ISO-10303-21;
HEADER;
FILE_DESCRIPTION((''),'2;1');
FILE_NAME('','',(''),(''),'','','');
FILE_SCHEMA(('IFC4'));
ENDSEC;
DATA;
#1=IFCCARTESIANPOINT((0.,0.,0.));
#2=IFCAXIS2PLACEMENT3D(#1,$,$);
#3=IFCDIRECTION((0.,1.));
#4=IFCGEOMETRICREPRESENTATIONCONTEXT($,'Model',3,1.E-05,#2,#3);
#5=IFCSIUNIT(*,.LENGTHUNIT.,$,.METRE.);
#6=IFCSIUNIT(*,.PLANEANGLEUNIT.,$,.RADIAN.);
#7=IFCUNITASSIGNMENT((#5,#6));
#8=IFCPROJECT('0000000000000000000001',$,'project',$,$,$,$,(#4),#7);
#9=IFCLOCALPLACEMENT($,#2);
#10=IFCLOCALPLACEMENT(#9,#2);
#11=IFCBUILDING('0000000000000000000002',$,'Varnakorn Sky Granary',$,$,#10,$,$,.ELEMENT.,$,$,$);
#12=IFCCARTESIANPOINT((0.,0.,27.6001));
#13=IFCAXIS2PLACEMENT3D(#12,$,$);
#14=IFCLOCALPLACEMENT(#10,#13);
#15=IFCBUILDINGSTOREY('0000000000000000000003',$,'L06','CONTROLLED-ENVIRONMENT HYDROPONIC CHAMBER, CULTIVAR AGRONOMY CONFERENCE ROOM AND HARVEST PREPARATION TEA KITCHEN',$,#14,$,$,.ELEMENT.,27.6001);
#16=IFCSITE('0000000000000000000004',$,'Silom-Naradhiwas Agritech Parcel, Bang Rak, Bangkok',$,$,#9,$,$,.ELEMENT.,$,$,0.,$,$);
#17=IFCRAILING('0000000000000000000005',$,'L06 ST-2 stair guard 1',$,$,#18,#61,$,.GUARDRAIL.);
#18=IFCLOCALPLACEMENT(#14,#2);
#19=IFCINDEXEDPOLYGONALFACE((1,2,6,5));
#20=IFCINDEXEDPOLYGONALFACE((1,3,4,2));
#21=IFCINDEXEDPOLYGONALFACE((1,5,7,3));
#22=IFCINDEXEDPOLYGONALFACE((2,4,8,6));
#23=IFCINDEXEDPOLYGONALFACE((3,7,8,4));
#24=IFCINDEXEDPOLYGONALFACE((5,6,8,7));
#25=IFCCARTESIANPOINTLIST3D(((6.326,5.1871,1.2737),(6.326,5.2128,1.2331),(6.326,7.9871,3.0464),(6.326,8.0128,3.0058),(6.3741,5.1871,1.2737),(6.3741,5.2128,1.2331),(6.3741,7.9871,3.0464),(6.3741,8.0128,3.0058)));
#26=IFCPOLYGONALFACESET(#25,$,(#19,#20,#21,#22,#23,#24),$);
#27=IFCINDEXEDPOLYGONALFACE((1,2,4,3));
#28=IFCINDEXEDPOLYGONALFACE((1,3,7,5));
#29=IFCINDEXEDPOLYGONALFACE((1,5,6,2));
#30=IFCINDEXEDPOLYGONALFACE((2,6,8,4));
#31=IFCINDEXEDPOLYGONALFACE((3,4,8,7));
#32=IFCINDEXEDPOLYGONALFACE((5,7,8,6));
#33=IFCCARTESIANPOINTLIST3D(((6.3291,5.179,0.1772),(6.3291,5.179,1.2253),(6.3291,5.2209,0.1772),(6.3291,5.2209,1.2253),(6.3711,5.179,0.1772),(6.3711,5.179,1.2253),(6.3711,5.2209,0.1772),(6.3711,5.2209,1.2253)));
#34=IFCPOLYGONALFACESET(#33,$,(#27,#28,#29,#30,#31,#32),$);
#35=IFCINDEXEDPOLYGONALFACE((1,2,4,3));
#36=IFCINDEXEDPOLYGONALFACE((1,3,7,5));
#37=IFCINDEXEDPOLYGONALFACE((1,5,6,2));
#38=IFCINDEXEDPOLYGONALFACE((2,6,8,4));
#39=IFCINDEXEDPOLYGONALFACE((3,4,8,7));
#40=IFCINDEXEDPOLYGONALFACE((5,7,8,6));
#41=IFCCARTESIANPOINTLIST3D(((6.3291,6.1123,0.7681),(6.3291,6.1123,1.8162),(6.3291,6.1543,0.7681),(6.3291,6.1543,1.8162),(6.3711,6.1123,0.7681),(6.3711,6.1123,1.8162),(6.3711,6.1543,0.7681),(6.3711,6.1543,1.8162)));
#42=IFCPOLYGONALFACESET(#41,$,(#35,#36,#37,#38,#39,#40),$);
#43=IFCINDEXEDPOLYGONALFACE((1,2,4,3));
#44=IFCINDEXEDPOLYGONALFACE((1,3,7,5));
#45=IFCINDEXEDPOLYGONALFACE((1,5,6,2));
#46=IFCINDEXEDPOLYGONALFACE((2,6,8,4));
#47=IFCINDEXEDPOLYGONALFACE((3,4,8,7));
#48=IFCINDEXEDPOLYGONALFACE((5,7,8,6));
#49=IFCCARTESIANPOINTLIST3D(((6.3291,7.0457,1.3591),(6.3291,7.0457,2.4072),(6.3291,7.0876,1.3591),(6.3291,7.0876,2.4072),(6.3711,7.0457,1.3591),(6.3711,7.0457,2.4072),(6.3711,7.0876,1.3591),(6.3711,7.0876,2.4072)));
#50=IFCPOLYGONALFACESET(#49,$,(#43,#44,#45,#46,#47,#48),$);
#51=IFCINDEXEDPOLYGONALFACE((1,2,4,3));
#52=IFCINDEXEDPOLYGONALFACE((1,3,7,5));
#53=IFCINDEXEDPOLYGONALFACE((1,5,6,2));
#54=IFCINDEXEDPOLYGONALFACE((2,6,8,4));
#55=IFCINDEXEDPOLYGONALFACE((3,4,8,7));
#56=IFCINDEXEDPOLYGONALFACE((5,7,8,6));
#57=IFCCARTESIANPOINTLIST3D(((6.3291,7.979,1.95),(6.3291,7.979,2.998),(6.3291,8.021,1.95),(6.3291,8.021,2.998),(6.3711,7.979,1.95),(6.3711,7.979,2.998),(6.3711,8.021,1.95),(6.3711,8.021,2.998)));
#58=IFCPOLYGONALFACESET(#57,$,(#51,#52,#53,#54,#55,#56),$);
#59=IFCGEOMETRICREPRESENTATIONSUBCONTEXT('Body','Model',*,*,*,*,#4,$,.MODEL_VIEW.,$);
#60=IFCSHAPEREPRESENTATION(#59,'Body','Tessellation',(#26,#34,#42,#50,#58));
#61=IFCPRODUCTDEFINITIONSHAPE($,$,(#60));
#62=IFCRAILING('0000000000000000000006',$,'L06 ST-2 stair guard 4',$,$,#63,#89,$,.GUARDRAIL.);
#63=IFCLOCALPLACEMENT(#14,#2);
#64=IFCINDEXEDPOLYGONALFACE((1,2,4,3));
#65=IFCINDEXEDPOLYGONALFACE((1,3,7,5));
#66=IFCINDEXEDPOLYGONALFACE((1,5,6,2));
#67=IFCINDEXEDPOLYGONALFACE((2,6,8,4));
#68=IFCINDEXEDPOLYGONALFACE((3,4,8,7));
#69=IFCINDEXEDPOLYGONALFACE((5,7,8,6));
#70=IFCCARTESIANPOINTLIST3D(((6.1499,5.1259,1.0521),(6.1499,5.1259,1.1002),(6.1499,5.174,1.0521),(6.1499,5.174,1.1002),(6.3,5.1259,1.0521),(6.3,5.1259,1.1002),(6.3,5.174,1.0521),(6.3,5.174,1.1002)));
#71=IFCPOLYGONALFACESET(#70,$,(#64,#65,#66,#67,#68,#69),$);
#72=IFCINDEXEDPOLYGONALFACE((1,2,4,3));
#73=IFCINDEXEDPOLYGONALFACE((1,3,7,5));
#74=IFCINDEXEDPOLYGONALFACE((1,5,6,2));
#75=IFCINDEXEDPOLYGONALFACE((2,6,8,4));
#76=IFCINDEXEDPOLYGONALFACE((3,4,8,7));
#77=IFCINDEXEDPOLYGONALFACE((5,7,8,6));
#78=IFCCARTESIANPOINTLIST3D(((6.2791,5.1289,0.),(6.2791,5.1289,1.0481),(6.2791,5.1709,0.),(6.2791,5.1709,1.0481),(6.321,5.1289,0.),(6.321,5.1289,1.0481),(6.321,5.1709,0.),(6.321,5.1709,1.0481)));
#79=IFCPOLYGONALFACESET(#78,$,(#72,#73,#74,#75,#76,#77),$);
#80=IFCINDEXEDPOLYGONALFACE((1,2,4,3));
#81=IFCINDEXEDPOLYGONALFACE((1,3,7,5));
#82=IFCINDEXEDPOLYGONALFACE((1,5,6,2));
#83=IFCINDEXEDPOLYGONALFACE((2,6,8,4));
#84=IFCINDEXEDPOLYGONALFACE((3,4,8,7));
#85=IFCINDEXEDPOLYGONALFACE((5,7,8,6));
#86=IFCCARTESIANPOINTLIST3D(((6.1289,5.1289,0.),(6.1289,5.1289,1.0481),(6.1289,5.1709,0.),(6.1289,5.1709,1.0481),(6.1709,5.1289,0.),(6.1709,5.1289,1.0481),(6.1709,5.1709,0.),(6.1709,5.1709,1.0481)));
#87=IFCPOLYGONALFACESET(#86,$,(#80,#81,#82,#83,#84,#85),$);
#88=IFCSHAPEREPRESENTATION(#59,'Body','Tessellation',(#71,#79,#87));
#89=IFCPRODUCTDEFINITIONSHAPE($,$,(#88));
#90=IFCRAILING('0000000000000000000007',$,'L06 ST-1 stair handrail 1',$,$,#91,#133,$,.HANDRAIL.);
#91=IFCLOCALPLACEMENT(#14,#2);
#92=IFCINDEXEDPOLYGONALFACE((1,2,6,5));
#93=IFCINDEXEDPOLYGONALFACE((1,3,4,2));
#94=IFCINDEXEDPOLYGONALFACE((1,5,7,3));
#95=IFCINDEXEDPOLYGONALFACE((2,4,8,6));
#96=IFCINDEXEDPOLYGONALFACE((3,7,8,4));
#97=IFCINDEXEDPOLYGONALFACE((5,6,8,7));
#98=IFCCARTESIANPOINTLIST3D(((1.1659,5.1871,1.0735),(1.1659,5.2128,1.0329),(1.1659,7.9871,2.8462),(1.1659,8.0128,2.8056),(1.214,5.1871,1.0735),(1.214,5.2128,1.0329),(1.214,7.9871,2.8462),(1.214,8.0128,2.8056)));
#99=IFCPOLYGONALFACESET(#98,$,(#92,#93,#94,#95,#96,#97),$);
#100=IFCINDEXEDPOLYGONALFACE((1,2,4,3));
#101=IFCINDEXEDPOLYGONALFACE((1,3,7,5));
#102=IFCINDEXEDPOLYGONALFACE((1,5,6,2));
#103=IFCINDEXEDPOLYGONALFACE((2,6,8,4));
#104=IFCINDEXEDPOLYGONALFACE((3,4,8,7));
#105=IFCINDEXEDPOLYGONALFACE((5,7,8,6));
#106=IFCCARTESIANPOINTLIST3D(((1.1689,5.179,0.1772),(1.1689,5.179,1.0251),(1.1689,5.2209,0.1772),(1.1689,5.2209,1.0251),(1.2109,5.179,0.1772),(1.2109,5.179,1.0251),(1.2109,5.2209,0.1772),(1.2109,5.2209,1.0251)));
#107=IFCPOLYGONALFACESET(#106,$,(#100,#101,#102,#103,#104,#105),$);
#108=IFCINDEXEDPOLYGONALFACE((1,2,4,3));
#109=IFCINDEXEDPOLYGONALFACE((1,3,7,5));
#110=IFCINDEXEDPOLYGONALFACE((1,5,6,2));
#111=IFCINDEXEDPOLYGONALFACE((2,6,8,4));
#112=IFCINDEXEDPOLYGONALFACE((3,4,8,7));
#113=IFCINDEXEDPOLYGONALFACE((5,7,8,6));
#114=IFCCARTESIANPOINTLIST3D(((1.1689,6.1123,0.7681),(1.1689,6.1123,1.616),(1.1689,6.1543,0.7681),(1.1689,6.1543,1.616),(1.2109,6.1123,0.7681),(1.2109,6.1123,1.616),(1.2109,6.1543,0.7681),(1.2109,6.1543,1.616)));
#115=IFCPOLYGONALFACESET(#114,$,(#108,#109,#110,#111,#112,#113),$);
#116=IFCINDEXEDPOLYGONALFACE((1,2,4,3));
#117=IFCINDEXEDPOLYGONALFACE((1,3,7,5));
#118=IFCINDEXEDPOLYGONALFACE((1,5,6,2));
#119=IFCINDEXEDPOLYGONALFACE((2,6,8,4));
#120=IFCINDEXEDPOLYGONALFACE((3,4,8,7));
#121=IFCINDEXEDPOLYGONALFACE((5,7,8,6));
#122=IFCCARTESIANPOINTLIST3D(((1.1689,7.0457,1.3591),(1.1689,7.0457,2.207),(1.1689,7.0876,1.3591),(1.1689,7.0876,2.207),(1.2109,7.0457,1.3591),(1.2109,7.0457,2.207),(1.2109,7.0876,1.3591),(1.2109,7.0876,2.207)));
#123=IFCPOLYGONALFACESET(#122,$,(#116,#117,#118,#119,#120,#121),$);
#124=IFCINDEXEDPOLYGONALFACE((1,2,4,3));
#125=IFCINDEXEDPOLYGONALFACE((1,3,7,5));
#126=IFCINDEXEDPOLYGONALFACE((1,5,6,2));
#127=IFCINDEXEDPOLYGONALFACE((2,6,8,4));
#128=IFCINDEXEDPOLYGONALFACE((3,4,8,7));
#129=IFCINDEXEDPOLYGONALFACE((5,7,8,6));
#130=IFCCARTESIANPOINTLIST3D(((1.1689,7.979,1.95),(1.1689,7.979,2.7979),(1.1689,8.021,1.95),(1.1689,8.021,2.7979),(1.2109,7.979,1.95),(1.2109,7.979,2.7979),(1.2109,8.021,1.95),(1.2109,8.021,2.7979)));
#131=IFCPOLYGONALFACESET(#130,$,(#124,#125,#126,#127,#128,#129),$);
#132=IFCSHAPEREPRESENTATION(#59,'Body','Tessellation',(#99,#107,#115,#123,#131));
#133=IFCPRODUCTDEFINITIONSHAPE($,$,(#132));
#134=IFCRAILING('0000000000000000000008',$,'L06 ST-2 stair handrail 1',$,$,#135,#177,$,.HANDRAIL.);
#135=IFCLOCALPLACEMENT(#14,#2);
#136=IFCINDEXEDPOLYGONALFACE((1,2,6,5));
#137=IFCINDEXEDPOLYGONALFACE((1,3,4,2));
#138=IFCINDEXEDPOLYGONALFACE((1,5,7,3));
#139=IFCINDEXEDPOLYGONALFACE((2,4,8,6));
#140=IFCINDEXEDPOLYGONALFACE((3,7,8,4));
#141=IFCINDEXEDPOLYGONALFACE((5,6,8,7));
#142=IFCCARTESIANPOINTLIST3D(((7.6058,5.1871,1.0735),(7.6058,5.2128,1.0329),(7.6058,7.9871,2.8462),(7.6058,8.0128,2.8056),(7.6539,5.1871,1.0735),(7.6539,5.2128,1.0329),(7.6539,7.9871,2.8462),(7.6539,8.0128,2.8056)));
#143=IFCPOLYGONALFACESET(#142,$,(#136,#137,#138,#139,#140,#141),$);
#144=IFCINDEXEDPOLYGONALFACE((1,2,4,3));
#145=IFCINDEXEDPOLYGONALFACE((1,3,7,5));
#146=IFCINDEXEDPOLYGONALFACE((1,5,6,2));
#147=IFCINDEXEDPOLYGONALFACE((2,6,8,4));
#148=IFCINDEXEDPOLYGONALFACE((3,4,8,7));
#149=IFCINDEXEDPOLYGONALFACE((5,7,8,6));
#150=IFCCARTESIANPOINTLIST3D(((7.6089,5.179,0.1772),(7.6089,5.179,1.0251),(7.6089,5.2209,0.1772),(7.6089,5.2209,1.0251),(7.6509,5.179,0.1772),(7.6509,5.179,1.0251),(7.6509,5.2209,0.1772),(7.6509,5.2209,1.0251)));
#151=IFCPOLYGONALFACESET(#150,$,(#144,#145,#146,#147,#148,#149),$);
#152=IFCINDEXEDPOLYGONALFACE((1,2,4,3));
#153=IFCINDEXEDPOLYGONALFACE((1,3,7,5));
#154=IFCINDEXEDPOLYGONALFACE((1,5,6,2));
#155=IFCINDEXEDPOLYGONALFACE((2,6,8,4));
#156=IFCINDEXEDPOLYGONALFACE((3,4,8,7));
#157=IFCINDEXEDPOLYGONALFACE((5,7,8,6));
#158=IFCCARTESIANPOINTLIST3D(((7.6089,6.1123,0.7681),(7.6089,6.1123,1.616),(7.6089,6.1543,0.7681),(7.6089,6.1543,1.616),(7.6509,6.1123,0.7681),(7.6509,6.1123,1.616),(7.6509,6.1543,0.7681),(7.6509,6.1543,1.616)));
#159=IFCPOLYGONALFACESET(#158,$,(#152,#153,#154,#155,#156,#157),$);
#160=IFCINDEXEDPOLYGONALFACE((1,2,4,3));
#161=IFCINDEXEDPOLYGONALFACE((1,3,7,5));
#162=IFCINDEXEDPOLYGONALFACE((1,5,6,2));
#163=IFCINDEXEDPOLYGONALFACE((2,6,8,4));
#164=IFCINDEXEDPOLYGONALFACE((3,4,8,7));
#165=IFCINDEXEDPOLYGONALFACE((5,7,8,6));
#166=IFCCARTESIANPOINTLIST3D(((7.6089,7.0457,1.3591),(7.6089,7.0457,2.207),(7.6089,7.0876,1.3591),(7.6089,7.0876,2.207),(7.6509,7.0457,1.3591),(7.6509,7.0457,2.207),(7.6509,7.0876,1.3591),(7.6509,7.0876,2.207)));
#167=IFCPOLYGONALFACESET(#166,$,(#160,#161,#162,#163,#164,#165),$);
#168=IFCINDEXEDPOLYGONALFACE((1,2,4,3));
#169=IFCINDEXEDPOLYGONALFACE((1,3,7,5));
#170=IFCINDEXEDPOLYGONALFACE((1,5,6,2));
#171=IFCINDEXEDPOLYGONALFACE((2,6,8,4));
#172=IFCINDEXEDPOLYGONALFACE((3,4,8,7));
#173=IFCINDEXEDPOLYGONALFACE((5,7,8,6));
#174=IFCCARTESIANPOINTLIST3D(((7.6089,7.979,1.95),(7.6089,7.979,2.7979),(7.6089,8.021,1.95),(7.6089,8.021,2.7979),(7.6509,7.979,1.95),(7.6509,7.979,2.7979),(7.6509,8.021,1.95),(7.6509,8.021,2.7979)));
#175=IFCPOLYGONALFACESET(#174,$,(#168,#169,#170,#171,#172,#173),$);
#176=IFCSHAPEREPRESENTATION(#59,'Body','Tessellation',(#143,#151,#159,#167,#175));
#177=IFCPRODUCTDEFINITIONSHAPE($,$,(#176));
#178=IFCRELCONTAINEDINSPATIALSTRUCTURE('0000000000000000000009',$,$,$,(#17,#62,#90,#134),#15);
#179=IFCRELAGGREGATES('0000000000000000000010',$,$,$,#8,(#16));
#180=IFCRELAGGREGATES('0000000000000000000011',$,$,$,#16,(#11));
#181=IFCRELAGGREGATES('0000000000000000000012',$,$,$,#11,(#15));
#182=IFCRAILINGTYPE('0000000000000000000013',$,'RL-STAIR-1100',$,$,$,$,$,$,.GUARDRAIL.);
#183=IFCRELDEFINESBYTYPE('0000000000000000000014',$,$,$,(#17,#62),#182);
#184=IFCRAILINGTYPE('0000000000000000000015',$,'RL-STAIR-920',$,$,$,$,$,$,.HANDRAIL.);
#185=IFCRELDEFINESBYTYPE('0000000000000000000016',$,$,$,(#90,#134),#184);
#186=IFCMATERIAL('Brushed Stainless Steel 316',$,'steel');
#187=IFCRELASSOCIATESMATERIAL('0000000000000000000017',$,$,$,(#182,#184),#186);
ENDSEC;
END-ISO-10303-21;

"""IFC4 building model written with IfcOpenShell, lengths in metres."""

from ifc_helpers import new_model, si_unit, direction, frame, origin, origin_2d, place, context, subcontext, project, spatial, rectangle, extrude, material, type_object, element, save


model = new_model("IFC4")

# Units and contexts
model_context = context("Model", 3, precision=1e-05, world=origin(), true_north=direction((0.0, 1.0)))
body_context = subcontext(model_context, "Body", "Model", "MODEL_VIEW")
ifc_project = project(units=[si_unit("LENGTHUNIT", "METRE"), si_unit("PLANEANGLEUNIT", "RADIAN")], contexts=[model_context])

# Site, building, storey
site_placement = place(None, origin())
site = spatial("IfcSite", under=ifc_project, at=site_placement, Name="Silom-Naradhiwas Agritech Parcel, Bang Rak, Bangkok", CompositionType="ELEMENT", RefElevation=0.0)
building_placement = place(site_placement, origin())
building = spatial("IfcBuilding", under=site, at=building_placement, Name="Varnakorn Sky Granary", CompositionType="ELEMENT")
storey_placement = place(building_placement, frame((0.0, 0.0, 27.6001)))
storey = spatial("IfcBuildingStorey", under=building, at=storey_placement, Name="L06", Description="CONTROLLED-ENVIRONMENT HYDROPONIC CHAMBER, CULTIVAR AGRONOMY CONFERENCE ROOM AND HARVEST PREPARATION TEA KITCHEN", CompositionType="ELEMENT", Elevation=27.6001)

# Railings
ifc_material_1 = material(Name="Brushed Stainless Steel 316", Category="steel")
railing_type_1 = type_object("IfcRailingType", Name="RL-STAIR-1100", PredefinedType="GUARDRAIL", material=ifc_material_1)
railing_1_placement = place(storey_placement, frame((6.3501, 5.2, 0.1772)))
element("IfcRailing", 1, at=railing_1_placement, inside=storey, type_object=railing_type_1, Name="L06 ST-2 stair guard 1", PredefinedType="GUARDRAIL", context=body_context, shape_type="SweptSolid", body=[
    extrude(rectangle(XDim=0.0481, YDim=0.0481, at=origin_2d()), frame((0.0, 0.0, 1.0762), z_axis=(0.0, 0.844909, 0.53491), x_axis=(-1.0, 0.0, 0.0)), (0.0, 0.0, 1.0), 3.314),
    extrude(rectangle(XDim=0.042, YDim=0.042, at=origin_2d()), origin(), (0.0, 0.0, 1.0), 1.0481),
    extrude(rectangle(XDim=0.042, YDim=0.042, at=origin_2d()), frame((0.0, 0.9333, 0.5908)), (0.0, 0.0, 1.0), 1.0481),
    extrude(rectangle(XDim=0.042, YDim=0.042, at=origin_2d()), frame((0.0, 1.8667, 1.1819)), (0.0, 0.0, 1.0), 1.0481),
    extrude(rectangle(XDim=0.042, YDim=0.042, at=origin_2d()), frame((0.0, 2.8, 1.7727)), (0.0, 0.0, 1.0), 1.0481),
])
railing_2_placement = place(storey_placement, frame((6.3, 5.1499, 0.0)))
element("IfcRailing", 2, at=railing_2_placement, inside=storey, type_object=railing_type_1, Name="L06 ST-2 stair guard 4", PredefinedType="GUARDRAIL", context=body_context, shape_type="SweptSolid", body=[
    extrude(rectangle(XDim=0.0481, YDim=0.0481, at=origin_2d()), frame((0.0, 0.0, 1.0762), z_axis=(-1.0, 0.0, 0.0), x_axis=(0.0, -1.0, 0.0)), (0.0, 0.0, 1.0), 0.1501),
    extrude(rectangle(XDim=0.042, YDim=0.042, at=origin_2d()), origin(), (0.0, 0.0, 1.0), 1.0481),
    extrude(rectangle(XDim=0.042, YDim=0.042, at=origin_2d()), frame((-0.1501, 0.0, 0.0)), (0.0, 0.0, 1.0), 1.0481),
])
railing_type_2 = type_object("IfcRailingType", Name="RL-STAIR-920", PredefinedType="HANDRAIL", material=ifc_material_1)
for number, where, name in (
    (3, (1.1899, 5.2, 0.1772), "L06 ST-1 stair handrail 1"),
    (4, (7.6299, 5.2, 0.1772), "L06 ST-2 stair handrail 1"),
):
    element("IfcRailing", number, at=place(storey_placement, frame(where)), inside=storey, type_object=railing_type_2, Name=name, PredefinedType="HANDRAIL", context=body_context, shape_type="SweptSolid", body=[
        extrude(rectangle(XDim=0.0481, YDim=0.0481, at=origin_2d()), frame((0.0, 0.0, 0.876), z_axis=(0.0, 0.844909, 0.53491), x_axis=(-1.0, 0.0, 0.0)), (0.0, 0.0, 1.0), 3.314),
        extrude(rectangle(XDim=0.042, YDim=0.042, at=origin_2d()), origin(), (0.0, 0.0, 1.0), 0.8479),
        extrude(rectangle(XDim=0.042, YDim=0.042, at=origin_2d()), frame((0.0, 0.9333, 0.5908)), (0.0, 0.0, 1.0), 0.8479),
        extrude(rectangle(XDim=0.042, YDim=0.042, at=origin_2d()), frame((0.0, 1.8667, 1.1819)), (0.0, 0.0, 1.0), 0.8479),
        extrude(rectangle(XDim=0.042, YDim=0.042, at=origin_2d()), frame((0.0, 2.8, 1.7727)), (0.0, 0.0, 1.0), 0.8479),
    ])

save(model, "model.ifc")
